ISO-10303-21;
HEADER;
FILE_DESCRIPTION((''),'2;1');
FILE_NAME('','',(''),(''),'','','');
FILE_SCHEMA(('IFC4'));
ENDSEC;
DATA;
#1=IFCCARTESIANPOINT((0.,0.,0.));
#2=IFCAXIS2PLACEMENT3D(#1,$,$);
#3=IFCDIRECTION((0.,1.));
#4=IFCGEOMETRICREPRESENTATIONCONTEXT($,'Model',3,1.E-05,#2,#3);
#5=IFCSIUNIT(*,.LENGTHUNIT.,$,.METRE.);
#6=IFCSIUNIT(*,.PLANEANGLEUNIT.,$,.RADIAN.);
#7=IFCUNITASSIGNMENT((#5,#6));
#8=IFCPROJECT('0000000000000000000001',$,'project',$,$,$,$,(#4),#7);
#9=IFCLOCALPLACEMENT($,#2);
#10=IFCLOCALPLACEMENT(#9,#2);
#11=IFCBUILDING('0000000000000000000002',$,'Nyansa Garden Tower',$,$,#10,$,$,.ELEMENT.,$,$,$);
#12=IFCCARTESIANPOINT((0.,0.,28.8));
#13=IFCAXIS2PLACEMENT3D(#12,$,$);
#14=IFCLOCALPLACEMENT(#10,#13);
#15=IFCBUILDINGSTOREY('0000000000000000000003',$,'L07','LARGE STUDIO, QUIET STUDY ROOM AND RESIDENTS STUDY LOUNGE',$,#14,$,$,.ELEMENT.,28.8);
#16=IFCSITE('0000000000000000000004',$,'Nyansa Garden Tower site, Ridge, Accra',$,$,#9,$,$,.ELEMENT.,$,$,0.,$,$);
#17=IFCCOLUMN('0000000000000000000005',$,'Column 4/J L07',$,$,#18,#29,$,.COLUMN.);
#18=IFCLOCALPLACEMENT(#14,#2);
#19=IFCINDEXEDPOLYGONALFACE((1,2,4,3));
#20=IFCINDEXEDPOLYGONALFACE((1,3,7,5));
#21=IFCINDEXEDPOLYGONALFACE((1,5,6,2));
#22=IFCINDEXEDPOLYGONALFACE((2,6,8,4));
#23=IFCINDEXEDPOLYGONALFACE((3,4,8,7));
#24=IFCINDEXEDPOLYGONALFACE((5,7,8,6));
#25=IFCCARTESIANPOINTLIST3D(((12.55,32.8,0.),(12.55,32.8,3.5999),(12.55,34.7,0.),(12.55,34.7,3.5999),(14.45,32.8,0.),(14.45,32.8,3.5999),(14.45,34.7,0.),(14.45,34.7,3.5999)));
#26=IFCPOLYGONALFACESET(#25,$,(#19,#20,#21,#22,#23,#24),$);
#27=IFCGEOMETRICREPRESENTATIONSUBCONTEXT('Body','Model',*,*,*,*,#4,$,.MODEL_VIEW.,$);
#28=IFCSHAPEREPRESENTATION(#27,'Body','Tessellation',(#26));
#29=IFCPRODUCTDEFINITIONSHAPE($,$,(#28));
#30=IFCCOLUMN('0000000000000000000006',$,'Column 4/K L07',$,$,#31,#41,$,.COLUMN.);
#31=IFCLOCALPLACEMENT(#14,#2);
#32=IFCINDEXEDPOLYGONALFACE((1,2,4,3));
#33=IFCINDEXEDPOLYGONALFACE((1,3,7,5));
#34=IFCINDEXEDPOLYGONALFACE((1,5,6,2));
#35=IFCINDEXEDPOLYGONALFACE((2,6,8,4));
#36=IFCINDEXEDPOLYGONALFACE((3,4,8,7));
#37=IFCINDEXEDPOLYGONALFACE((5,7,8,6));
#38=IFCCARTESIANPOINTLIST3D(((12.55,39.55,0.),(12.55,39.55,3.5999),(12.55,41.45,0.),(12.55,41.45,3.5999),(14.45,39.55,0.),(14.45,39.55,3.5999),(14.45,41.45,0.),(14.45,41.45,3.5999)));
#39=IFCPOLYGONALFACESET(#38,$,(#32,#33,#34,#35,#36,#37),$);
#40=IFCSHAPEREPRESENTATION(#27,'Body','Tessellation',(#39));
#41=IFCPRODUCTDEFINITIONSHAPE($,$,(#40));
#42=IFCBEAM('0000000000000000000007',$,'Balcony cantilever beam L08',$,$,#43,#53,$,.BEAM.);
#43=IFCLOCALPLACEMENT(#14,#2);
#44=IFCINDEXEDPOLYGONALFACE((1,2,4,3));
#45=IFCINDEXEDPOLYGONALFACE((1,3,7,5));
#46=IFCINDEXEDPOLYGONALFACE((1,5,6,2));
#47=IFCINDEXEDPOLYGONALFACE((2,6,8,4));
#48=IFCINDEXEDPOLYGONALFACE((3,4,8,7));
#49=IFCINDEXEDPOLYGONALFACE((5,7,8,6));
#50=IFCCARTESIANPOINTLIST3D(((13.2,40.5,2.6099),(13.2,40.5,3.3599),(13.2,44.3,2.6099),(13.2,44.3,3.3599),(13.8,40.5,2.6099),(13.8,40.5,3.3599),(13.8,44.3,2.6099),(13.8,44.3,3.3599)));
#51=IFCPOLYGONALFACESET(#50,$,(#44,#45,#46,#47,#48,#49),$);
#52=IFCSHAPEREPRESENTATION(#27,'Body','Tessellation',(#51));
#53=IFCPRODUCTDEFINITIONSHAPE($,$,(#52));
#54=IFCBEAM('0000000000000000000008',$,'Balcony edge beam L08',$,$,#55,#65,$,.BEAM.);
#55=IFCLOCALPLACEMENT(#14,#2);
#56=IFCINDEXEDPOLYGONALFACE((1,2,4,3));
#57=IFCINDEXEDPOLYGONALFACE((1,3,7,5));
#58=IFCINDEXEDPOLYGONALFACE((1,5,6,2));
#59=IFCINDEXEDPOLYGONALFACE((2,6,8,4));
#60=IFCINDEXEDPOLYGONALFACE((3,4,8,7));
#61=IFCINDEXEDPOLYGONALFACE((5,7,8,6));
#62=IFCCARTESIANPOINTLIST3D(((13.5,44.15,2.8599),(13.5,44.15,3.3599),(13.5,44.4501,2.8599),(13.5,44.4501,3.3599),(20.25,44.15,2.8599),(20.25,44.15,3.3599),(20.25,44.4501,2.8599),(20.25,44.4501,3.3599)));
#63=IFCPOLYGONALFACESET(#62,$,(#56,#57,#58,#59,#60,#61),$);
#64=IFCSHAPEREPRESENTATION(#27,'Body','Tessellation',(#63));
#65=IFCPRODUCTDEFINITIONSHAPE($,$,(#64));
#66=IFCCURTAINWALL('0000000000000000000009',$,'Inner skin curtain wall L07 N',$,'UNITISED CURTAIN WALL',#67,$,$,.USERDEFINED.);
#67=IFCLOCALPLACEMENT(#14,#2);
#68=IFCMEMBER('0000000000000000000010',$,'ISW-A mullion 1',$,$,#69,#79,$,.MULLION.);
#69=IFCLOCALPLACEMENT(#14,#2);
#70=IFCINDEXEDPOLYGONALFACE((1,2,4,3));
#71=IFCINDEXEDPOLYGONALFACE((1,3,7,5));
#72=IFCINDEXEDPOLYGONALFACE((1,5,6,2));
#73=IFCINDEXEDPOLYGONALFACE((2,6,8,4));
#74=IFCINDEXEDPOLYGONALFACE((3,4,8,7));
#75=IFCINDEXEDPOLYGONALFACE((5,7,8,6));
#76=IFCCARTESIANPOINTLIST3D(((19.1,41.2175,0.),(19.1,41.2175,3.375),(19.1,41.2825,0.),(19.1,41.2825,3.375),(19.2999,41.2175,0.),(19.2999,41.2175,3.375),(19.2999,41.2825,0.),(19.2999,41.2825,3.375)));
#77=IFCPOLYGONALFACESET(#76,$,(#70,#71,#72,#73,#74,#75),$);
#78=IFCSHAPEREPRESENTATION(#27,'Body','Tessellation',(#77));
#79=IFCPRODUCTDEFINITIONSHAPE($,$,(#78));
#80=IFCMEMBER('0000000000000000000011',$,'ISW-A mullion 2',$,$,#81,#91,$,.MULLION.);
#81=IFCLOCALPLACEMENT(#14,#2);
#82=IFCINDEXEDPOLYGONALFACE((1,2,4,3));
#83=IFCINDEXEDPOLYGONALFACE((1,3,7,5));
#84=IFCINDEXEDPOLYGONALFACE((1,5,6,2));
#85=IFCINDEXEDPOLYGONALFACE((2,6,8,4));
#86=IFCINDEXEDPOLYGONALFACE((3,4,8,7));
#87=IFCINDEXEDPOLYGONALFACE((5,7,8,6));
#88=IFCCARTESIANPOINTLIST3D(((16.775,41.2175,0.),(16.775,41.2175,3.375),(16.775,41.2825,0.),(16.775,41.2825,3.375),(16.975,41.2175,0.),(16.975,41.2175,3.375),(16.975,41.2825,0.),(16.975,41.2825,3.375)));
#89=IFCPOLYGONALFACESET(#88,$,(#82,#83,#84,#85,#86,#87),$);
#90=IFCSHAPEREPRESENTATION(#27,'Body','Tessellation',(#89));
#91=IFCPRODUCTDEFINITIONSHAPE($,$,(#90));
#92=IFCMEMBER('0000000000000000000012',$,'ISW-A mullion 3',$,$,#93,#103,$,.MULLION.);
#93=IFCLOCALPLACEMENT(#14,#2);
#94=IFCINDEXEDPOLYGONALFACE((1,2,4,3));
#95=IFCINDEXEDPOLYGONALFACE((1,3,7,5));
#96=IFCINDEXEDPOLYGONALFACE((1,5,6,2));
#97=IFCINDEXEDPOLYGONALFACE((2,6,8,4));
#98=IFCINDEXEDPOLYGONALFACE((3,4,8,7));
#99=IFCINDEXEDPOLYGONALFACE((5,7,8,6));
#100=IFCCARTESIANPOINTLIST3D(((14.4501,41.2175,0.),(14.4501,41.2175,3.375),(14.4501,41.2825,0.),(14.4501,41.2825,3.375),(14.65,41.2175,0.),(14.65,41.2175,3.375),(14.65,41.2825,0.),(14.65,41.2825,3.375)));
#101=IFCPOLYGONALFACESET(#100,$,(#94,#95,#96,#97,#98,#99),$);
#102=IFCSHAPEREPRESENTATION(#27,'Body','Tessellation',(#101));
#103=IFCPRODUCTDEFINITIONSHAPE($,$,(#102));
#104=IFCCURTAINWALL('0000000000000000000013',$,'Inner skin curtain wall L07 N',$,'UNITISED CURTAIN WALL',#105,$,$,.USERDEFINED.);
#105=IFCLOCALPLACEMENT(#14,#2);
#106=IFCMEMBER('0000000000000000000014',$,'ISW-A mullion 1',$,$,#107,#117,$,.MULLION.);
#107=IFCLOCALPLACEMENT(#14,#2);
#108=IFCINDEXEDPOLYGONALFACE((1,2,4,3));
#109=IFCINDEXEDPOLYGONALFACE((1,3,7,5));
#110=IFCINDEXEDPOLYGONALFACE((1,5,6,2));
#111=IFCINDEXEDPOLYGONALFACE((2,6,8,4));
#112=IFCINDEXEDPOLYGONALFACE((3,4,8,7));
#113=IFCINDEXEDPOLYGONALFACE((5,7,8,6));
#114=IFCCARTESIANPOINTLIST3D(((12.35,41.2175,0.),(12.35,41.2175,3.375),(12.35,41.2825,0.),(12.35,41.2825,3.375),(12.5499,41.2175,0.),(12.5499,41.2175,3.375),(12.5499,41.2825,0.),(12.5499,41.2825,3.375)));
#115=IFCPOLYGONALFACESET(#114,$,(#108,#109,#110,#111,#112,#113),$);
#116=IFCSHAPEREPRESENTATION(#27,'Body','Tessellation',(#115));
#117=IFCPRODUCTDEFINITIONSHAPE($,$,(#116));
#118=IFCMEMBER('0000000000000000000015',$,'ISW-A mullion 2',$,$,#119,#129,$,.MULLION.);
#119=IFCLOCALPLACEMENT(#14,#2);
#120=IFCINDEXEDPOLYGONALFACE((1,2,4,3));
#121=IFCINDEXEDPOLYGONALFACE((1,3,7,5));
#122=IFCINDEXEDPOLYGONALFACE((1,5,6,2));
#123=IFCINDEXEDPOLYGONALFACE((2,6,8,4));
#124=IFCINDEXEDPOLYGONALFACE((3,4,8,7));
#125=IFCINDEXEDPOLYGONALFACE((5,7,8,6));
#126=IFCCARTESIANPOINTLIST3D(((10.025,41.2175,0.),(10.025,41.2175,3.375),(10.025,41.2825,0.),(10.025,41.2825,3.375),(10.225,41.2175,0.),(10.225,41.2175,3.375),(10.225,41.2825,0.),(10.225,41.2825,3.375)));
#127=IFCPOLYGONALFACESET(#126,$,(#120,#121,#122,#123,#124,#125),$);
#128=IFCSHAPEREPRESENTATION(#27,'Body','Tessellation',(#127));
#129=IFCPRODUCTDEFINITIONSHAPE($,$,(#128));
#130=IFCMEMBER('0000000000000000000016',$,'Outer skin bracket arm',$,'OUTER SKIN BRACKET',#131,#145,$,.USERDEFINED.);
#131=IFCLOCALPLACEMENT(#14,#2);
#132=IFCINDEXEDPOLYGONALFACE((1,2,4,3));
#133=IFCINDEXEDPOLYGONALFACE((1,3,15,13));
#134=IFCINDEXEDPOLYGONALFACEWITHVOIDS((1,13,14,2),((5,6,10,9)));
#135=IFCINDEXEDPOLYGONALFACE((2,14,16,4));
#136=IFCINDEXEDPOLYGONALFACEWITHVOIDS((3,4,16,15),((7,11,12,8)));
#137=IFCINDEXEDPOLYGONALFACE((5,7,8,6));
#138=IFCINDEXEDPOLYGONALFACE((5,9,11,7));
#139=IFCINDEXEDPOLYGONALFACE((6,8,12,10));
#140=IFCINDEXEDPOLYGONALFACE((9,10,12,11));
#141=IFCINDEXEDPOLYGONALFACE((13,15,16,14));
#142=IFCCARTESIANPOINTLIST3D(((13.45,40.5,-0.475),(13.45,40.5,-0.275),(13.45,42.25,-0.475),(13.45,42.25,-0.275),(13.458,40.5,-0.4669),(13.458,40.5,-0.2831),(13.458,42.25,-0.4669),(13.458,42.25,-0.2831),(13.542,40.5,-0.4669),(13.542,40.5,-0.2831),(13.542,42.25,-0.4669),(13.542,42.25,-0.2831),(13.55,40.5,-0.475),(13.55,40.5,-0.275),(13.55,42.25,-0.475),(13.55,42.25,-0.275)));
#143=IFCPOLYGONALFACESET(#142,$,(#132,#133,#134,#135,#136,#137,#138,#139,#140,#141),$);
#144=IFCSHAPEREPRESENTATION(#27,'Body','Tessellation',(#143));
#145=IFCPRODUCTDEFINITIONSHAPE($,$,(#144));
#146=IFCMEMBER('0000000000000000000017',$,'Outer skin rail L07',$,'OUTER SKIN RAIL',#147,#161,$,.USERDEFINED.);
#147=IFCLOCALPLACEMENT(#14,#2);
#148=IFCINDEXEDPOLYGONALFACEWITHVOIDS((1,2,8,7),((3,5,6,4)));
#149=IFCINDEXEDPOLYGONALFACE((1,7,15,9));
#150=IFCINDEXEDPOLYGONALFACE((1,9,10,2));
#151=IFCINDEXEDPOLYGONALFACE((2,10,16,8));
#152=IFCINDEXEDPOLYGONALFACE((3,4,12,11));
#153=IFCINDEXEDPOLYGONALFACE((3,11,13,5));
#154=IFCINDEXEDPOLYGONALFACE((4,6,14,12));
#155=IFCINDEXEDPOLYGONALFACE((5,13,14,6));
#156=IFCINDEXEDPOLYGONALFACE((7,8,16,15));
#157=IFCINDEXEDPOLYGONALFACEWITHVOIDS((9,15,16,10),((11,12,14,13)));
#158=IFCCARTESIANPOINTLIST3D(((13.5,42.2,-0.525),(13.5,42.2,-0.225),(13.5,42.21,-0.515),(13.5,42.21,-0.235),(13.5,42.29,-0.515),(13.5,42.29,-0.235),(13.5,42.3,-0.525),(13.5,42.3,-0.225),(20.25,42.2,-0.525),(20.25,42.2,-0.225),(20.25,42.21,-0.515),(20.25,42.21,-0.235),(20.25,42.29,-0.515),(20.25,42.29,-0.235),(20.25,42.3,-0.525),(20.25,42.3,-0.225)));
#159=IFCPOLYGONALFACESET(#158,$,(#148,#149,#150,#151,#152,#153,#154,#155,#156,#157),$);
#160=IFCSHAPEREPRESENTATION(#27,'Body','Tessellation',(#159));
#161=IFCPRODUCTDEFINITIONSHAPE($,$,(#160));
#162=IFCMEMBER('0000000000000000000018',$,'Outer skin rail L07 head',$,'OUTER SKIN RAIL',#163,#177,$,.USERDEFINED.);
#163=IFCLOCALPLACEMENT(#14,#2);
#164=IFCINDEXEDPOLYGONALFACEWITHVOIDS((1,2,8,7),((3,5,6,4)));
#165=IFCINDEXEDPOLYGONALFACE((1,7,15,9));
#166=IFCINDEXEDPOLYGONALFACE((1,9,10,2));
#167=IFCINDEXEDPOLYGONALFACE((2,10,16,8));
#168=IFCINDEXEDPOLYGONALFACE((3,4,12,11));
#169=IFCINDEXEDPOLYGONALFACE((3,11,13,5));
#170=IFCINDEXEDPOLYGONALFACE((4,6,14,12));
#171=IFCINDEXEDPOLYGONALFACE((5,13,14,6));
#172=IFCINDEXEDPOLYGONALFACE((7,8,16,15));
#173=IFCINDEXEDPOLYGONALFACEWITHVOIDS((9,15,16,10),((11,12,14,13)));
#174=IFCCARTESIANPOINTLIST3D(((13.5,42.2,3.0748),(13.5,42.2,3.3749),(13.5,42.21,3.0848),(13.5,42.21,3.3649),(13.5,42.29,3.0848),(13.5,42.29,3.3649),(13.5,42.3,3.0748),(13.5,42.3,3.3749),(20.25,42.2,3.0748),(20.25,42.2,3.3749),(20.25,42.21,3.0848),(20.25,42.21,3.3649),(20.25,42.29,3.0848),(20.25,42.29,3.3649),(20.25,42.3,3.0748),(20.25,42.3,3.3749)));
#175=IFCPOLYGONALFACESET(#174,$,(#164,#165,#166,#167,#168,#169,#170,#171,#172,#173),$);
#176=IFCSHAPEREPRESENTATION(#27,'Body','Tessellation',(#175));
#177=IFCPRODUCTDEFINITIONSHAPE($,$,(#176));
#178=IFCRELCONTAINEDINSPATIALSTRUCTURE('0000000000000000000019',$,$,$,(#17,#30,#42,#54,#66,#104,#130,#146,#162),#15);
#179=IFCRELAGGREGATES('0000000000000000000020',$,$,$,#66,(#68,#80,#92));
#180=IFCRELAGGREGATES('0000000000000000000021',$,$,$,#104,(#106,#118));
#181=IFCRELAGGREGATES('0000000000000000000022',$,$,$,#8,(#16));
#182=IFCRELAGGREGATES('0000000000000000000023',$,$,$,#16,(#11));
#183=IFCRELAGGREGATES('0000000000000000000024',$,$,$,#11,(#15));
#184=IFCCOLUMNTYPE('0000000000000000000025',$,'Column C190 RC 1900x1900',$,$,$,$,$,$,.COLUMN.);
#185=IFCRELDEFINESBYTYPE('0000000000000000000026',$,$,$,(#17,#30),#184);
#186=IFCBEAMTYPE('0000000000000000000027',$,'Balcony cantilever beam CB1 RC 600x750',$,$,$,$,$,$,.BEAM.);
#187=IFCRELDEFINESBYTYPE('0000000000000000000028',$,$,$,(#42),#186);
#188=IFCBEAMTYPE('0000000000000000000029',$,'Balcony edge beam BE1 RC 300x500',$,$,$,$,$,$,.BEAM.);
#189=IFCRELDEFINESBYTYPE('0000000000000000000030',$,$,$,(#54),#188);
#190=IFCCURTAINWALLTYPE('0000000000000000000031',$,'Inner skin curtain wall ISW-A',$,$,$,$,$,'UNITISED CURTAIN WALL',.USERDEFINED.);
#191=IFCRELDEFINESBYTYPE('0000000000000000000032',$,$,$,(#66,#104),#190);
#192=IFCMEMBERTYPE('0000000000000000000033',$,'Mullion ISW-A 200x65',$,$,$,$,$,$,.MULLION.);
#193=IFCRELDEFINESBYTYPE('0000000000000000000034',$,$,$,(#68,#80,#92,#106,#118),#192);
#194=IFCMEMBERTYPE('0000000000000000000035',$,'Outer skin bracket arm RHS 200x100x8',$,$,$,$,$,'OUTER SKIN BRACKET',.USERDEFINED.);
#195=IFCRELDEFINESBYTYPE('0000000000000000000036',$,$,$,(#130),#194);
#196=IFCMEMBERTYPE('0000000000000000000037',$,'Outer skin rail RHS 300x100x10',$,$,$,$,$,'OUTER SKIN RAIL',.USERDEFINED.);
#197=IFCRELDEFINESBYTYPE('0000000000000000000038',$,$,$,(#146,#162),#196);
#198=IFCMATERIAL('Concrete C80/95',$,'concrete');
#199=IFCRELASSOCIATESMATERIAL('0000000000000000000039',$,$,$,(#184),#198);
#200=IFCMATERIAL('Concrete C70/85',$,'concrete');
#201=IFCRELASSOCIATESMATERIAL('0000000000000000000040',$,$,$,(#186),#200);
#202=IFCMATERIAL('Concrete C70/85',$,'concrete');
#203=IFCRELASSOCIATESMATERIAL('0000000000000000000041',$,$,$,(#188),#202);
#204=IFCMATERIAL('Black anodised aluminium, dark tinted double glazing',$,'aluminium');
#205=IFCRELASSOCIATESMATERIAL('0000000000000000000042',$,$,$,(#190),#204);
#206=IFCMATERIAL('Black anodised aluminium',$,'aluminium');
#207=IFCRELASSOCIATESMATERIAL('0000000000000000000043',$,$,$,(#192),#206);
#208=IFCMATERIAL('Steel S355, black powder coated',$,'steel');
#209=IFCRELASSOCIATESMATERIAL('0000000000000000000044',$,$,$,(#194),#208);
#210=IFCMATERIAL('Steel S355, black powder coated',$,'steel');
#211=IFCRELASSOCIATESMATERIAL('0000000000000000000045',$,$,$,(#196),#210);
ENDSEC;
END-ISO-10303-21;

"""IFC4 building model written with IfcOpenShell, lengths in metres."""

from ifc_helpers import new_model, si_unit, direction, frame, origin, origin_2d, place, context, subcontext, project, spatial, rectangle, hollow_rectangle, extrude, material, material_profile, profile_set, type_object, element, aggregate, save


model = new_model("IFC4")

# Units and contexts
model_context = context("Model", 3, precision=1e-05, world=origin(), true_north=direction((0.0, 1.0)))
body_context = subcontext(model_context, "Body", "Model", "MODEL_VIEW")
ifc_project = project(units=[si_unit("LENGTHUNIT", "METRE"), si_unit("PLANEANGLEUNIT", "RADIAN")], contexts=[model_context])

# Site, building, storey
site_placement = place(None, origin())
site = spatial("IfcSite", under=ifc_project, at=site_placement, Name="Nyansa Garden Tower site, Ridge, Accra", CompositionType="ELEMENT", RefElevation=0.0)
building_placement = place(site_placement, origin())
building = spatial("IfcBuilding", under=site, at=building_placement, Name="Nyansa Garden Tower", CompositionType="ELEMENT")
storey_placement = place(building_placement, frame((0.0, 0.0, 28.8)))
storey = spatial("IfcBuildingStorey", under=building, at=storey_placement, Name="L07", Description="LARGE STUDIO, QUIET STUDY ROOM AND RESIDENTS STUDY LOUNGE", CompositionType="ELEMENT", Elevation=28.8)

# Columns
ifc_material_1 = material(Name="Concrete C80/95", Category="concrete")
ifc_material_profile_1 = material_profile(ifc_material_1, rectangle(XDim=1.8999, YDim=1.8999, at=origin_2d()), Name="RC 1900x1900")
ifc_profile_set_1 = profile_set([ifc_material_profile_1], Name="Concrete C80/95")
column_type = type_object("IfcColumnType", Name="Column C190 RC 1900x1900", PredefinedType="COLUMN", material=ifc_profile_set_1)
for number, where, z_axis, x_axis, name in (
    (1, (13.5, 33.75, 0.0), (0.0, 0.0, 1.0), (1.0, 0.0, 0.0), "Column 4/J L07"),
    (2, (13.5, 40.5, 0.0), (0.0, 0.0, 1.0), (1.0, 0.0, 0.0), "Column 4/K L07"),
):
    element("IfcColumn", number, at=place(storey_placement, frame(where, z_axis=z_axis, x_axis=x_axis)), inside=storey, type_object=column_type, Name=name, PredefinedType="COLUMN", context=body_context, shape_type="SweptSolid", body=[
        extrude(rectangle(XDim=1.8999, YDim=1.8999, at=origin_2d()), origin(), (0.0, 0.0, 1.0), 3.5999),
    ])

# Beams
ifc_material_2 = material(Name="Concrete C70/85", Category="concrete")
ifc_material_profile_2 = material_profile(ifc_material_2, rectangle(XDim=0.6001, YDim=0.75, at=origin_2d()), Name="RC 600x750")
ifc_profile_set_2 = profile_set([ifc_material_profile_2], Name="Concrete C70/85")
beam_type_1 = type_object("IfcBeamType", Name="Balcony cantilever beam CB1 RC 600x750", PredefinedType="BEAM", material=ifc_profile_set_2)
beam_1_placement = place(storey_placement, frame((13.5, 40.5, 2.9849), z_axis=(0.0, 1.0, 0.0), x_axis=(-1.0, 0.0, 0.0)))
element("IfcBeam", 3, at=beam_1_placement, inside=storey, type_object=beam_type_1, Name="Balcony cantilever beam L08", PredefinedType="BEAM", context=body_context, shape_type="SweptSolid", body=[
    extrude(rectangle(XDim=0.6001, YDim=0.75, at=origin_2d()), origin(), (0.0, 0.0, 1.0), 3.8),
])
ifc_material_3 = material(Name="Concrete C70/85", Category="concrete")
ifc_material_profile_3 = material_profile(ifc_material_3, rectangle(XDim=0.3, YDim=0.5, at=origin_2d()), Name="RC 300x500")
ifc_profile_set_3 = profile_set([ifc_material_profile_3], Name="Concrete C70/85")
beam_type_2 = type_object("IfcBeamType", Name="Balcony edge beam BE1 RC 300x500", PredefinedType="BEAM", material=ifc_profile_set_3)
beam_2_placement = place(storey_placement, frame((13.5, 44.3, 3.1099), z_axis=(1.0, 0.0, 0.0), x_axis=(0.0, 1.0, 0.0)))
element("IfcBeam", 4, at=beam_2_placement, inside=storey, type_object=beam_type_2, Name="Balcony edge beam L08", PredefinedType="BEAM", context=body_context, shape_type="SweptSolid", body=[
    extrude(rectangle(XDim=0.3, YDim=0.5, at=origin_2d()), origin(), (0.0, 0.0, 1.0), 6.75),
])

# Curtain walls, members
ifc_material_4 = material(Name="Black anodised aluminium, dark tinted double glazing", Category="aluminium")
curtain_wall_type = type_object("IfcCurtainWallType", Name="Inner skin curtain wall ISW-A", ElementType="UNITISED CURTAIN WALL", PredefinedType="USERDEFINED", material=ifc_material_4)
curtain_wall_1_placement = place(storey_placement, origin())
curtain_wall_1 = element("IfcCurtainWall", 5, at=curtain_wall_1_placement, inside=storey, type_object=curtain_wall_type, Name="Inner skin curtain wall L07 N", ObjectType="UNITISED CURTAIN WALL", PredefinedType="USERDEFINED")
ifc_material_5 = material(Name="Black anodised aluminium", Category="aluminium")
ifc_material_profile_4 = material_profile(ifc_material_5, rectangle(XDim=0.0649, YDim=0.2, at=origin_2d()), Name="Mullion 200x65")
ifc_profile_set_4 = profile_set([ifc_material_profile_4], Name="Black anodised aluminium")
member_type_1 = type_object("IfcMemberType", Name="Mullion ISW-A 200x65", PredefinedType="MULLION", material=ifc_profile_set_4)
member_1_placement = place(storey_placement, frame((19.2, 41.25, 0.0), z_axis=(0.0, 0.0, 1.0), x_axis=(0.0, -1.0, 0.0)))
member_1 = element("IfcMember", 6, at=member_1_placement, type_object=member_type_1, Name="ISW-A mullion 1", PredefinedType="MULLION", context=body_context, shape_type="SweptSolid", body=[
    extrude(rectangle(XDim=0.0649, YDim=0.2, at=origin_2d()), origin(), (0.0, 0.0, 1.0), 3.375),
])
member_2_placement = place(storey_placement, frame((16.875, 41.25, 0.0), z_axis=(0.0, 0.0, 1.0), x_axis=(0.0, -1.0, 0.0)))
member_2 = element("IfcMember", 7, at=member_2_placement, type_object=member_type_1, Name="ISW-A mullion 2", PredefinedType="MULLION", context=body_context, shape_type="SweptSolid", body=[
    extrude(rectangle(XDim=0.0649, YDim=0.2, at=origin_2d()), origin(), (0.0, 0.0, 1.0), 3.375),
])
member_3_placement = place(storey_placement, frame((14.55, 41.25, 0.0), z_axis=(0.0, 0.0, 1.0), x_axis=(0.0, -1.0, 0.0)))
member_3 = element("IfcMember", 8, at=member_3_placement, type_object=member_type_1, Name="ISW-A mullion 3", PredefinedType="MULLION", context=body_context, shape_type="SweptSolid", body=[
    extrude(rectangle(XDim=0.0649, YDim=0.2, at=origin_2d()), origin(), (0.0, 0.0, 1.0), 3.375),
])
curtain_wall_2_placement = place(storey_placement, origin())
curtain_wall_2 = element("IfcCurtainWall", 9, at=curtain_wall_2_placement, inside=storey, type_object=curtain_wall_type, Name="Inner skin curtain wall L07 N", ObjectType="UNITISED CURTAIN WALL", PredefinedType="USERDEFINED")
member_4_placement = place(storey_placement, frame((12.45, 41.25, 0.0), z_axis=(0.0, 0.0, 1.0), x_axis=(0.0, -1.0, 0.0)))
member_4 = element("IfcMember", 10, at=member_4_placement, type_object=member_type_1, Name="ISW-A mullion 1", PredefinedType="MULLION", context=body_context, shape_type="SweptSolid", body=[
    extrude(rectangle(XDim=0.0649, YDim=0.2, at=origin_2d()), origin(), (0.0, 0.0, 1.0), 3.375),
])
member_5_placement = place(storey_placement, frame((10.125, 41.25, 0.0), z_axis=(0.0, 0.0, 1.0), x_axis=(0.0, -1.0, 0.0)))
member_5 = element("IfcMember", 11, at=member_5_placement, type_object=member_type_1, Name="ISW-A mullion 2", PredefinedType="MULLION", context=body_context, shape_type="SweptSolid", body=[
    extrude(rectangle(XDim=0.0649, YDim=0.2, at=origin_2d()), origin(), (0.0, 0.0, 1.0), 3.375),
])

# Members
ifc_material_6 = material(Name="Steel S355, black powder coated", Category="steel")
ifc_material_profile_5 = material_profile(ifc_material_6, hollow_rectangle(XDim=0.1001, YDim=0.2, WallThickness=0.0081, at=origin_2d()), Name="RHS 200x100x8")
ifc_profile_set_5 = profile_set([ifc_material_profile_5], Name="Steel S355, black powder coated")
member_type_2 = type_object("IfcMemberType", Name="Outer skin bracket arm RHS 200x100x8", ElementType="OUTER SKIN BRACKET", PredefinedType="USERDEFINED", material=ifc_profile_set_5)
member_6_placement = place(storey_placement, frame((13.5, 40.5, -0.375), z_axis=(0.0, 1.0, 0.0), x_axis=(-1.0, 0.0, 0.0)))
element("IfcMember", 12, at=member_6_placement, inside=storey, type_object=member_type_2, Name="Outer skin bracket arm", ObjectType="OUTER SKIN BRACKET", PredefinedType="USERDEFINED", context=body_context, shape_type="SweptSolid", body=[
    extrude(hollow_rectangle(XDim=0.1001, YDim=0.2, WallThickness=0.0081, at=origin_2d()), origin(), (0.0, 0.0, 1.0), 1.75),
])
ifc_material_7 = material(Name="Steel S355, black powder coated", Category="steel")
ifc_material_profile_6 = material_profile(ifc_material_7, hollow_rectangle(XDim=0.1001, YDim=0.3, WallThickness=0.01, at=origin_2d()), Name="RHS 300x100x10")
ifc_profile_set_6 = profile_set([ifc_material_profile_6], Name="Steel S355, black powder coated")
member_type_3 = type_object("IfcMemberType", Name="Outer skin rail RHS 300x100x10", ElementType="OUTER SKIN RAIL", PredefinedType="USERDEFINED", material=ifc_profile_set_6)
for number, where, z_axis, x_axis, name in (
    (13, (13.5, 42.25, -0.375), (1.0, 0.0, 0.0), (0.0, 1.0, 0.0), "Outer skin rail L07"),
    (14, (13.5, 42.25, 3.2249), (1.0, 0.0, 0.0), (0.0, 1.0, 0.0), "Outer skin rail L07 head"),
):
    element("IfcMember", number, at=place(storey_placement, frame(where, z_axis=z_axis, x_axis=x_axis)), inside=storey, type_object=member_type_3, Name=name, ObjectType="OUTER SKIN RAIL", PredefinedType="USERDEFINED", context=body_context, shape_type="SweptSolid", body=[
        extrude(hollow_rectangle(XDim=0.1001, YDim=0.3, WallThickness=0.01, at=origin_2d()), origin(), (0.0, 0.0, 1.0), 6.75),
    ])

aggregate(curtain_wall_1, [member_1, member_2, member_3])
aggregate(curtain_wall_2, [member_4, member_5])

save(model, "model.ifc")
